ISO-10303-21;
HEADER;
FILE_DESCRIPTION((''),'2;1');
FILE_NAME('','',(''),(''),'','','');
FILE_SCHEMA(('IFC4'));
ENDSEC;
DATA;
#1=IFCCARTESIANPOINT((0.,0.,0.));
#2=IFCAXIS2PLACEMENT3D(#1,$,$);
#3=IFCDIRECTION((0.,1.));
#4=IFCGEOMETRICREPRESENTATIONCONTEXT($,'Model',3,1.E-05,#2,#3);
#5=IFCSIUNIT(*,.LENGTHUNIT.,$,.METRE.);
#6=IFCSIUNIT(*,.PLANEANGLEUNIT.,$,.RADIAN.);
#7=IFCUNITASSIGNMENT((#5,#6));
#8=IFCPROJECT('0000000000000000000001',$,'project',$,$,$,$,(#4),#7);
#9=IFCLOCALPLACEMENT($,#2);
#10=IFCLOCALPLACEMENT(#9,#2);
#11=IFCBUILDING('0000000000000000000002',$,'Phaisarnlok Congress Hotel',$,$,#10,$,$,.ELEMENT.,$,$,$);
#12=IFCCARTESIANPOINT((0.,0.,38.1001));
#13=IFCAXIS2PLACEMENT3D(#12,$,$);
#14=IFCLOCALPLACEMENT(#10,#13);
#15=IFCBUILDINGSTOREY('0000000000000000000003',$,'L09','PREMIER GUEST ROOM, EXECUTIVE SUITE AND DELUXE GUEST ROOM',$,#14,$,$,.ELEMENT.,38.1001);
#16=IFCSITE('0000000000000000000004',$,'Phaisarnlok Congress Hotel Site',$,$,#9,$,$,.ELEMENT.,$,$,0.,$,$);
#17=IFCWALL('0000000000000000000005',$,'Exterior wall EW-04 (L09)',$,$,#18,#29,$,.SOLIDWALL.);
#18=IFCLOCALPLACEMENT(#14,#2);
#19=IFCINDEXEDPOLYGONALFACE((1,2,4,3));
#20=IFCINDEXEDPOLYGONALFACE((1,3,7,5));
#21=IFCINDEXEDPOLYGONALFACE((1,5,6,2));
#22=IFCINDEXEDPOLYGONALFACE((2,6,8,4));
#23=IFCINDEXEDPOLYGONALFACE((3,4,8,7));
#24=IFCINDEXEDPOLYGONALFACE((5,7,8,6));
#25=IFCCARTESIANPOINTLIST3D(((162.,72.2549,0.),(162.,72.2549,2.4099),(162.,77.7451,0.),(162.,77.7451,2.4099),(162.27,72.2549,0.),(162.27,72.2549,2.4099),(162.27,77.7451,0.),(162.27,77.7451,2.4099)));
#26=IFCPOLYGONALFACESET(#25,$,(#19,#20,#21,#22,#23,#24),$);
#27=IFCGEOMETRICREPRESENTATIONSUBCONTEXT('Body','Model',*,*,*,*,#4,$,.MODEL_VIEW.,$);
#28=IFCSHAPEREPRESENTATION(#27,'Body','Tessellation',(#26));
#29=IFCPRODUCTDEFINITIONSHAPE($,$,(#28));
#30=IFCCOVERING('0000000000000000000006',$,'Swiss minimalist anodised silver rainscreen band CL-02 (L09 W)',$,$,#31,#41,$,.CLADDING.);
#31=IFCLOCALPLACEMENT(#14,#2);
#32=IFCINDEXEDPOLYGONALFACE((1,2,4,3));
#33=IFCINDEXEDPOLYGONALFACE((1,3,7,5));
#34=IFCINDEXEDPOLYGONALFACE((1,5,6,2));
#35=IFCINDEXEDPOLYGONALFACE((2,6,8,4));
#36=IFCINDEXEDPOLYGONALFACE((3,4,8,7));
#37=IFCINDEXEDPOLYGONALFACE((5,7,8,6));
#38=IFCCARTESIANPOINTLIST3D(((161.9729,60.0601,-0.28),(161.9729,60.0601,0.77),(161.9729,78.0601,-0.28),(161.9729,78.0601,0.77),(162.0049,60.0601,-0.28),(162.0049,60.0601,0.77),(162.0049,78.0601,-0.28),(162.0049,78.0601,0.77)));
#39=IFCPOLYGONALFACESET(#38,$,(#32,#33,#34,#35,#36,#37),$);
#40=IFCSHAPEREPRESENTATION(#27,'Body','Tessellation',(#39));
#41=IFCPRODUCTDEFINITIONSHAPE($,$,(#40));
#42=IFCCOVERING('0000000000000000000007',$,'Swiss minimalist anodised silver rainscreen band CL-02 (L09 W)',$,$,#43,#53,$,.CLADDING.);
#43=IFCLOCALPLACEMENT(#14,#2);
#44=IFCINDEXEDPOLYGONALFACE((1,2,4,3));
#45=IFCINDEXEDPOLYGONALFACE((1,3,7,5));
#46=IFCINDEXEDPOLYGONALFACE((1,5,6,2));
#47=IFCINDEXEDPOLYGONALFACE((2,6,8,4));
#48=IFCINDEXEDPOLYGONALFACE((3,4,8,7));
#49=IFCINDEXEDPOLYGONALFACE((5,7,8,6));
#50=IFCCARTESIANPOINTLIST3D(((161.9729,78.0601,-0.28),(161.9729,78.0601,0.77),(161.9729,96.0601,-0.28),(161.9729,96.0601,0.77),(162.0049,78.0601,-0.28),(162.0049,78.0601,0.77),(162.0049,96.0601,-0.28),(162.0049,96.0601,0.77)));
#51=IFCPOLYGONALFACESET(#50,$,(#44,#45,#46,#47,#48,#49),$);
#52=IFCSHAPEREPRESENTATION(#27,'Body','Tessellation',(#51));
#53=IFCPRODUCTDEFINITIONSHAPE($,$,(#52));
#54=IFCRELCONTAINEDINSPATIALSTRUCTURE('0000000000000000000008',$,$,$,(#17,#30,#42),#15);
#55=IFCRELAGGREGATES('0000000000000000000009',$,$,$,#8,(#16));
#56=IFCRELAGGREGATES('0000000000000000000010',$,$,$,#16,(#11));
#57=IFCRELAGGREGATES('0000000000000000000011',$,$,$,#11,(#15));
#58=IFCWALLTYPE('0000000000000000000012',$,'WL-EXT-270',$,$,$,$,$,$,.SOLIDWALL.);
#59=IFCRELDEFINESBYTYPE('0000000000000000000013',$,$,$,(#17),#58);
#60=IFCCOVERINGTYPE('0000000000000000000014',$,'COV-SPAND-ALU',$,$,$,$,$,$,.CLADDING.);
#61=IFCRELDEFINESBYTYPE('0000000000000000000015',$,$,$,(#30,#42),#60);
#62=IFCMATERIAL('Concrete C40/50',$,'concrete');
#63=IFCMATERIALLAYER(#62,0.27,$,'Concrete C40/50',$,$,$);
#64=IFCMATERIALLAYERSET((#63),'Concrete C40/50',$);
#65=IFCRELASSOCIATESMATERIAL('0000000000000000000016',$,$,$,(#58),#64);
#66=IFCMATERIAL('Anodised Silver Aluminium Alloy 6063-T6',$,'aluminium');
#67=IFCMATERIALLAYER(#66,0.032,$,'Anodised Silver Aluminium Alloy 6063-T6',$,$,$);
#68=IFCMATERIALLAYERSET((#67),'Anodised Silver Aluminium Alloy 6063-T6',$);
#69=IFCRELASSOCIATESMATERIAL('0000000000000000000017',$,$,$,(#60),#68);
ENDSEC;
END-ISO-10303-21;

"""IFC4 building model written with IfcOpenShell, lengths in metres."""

from ifc_helpers import new_model, si_unit, direction, frame, frame_2d, origin, place, context, subcontext, project, spatial, polyline, rectangle, outline, extrude, material, layer, layer_set, type_object, element, save


model = new_model("IFC4")

# Units and contexts
model_context = context("Model", 3, precision=1e-05, world=origin(), true_north=direction((0.0, 1.0)))
body_context = subcontext(model_context, "Body", "Model", "MODEL_VIEW")
ifc_project = project(units=[si_unit("LENGTHUNIT", "METRE"), si_unit("PLANEANGLEUNIT", "RADIAN")], contexts=[model_context])

# Site, building, storey
site_placement = place(None, origin())
site = spatial("IfcSite", under=ifc_project, at=site_placement, Name="Phaisarnlok Congress Hotel Site", CompositionType="ELEMENT", RefElevation=0.0)
building_placement = place(site_placement, origin())
building = spatial("IfcBuilding", under=site, at=building_placement, Name="Phaisarnlok Congress Hotel", CompositionType="ELEMENT")
storey_placement = place(building_placement, frame((0.0, 0.0, 38.1001)))
storey = spatial("IfcBuildingStorey", under=building, at=storey_placement, Name="L09", Description="PREMIER GUEST ROOM, EXECUTIVE SUITE AND DELUXE GUEST ROOM", CompositionType="ELEMENT", Elevation=38.1001)

# Shared definitions
ifc_material_1 = material(Name="Concrete C40/50", Category="concrete")

# Wall
ifc_layer_1 = layer(ifc_material_1, 0.27, Name="Concrete C40/50")
ifc_layer_set_1 = layer_set([ifc_layer_1], Name="Concrete C40/50")
wall_type_1 = type_object("IfcWallType", Name="WL-EXT-270", PredefinedType="SOLIDWALL", material=ifc_layer_set_1)
wall_1_placement = place(storey_placement, frame((162.135, 77.7451, 0.0), z_axis=(0.0, 0.0, 1.0), x_axis=(0.0, -1.0, 0.0)))
element("IfcWall", 1, at=wall_1_placement, inside=storey, type_object=wall_type_1, Name="Exterior wall EW-04 (L09)", PredefinedType="SOLIDWALL", context=body_context, shape_type="SweptSolid", body=[
    extrude(rectangle(XDim=5.4902, YDim=0.27, at=frame_2d((2.7451, 0.0))), origin(), (0.0, 0.0, 1.0), 2.4099),
])

# Coverings
ifc_material_2 = material(Name="Anodised Silver Aluminium Alloy 6063-T6", Category="aluminium")
ifc_layer_2 = layer(ifc_material_2, 0.032, Name="Anodised Silver Aluminium Alloy 6063-T6")
ifc_layer_set_2 = layer_set([ifc_layer_2], Name="Anodised Silver Aluminium Alloy 6063-T6")
covering_type = type_object("IfcCoveringType", Name="COV-SPAND-ALU", PredefinedType="CLADDING", material=ifc_layer_set_2)
for number, where, z_axis, x_axis, name in (
    (2, (162.0049, 78.0601, -0.28), (-1.0, 0.0, 0.0), (0.0, -1.0, 0.0), "Swiss minimalist anodised silver rainscreen band CL-02 (L09 W)"),
    (3, (162.0049, 96.0601, -0.28), (-1.0, 0.0, 0.0), (0.0, -1.0, 0.0), "Swiss minimalist anodised silver rainscreen band CL-02 (L09 W)"),
):
    element("IfcCovering", number, at=place(storey_placement, frame(where, z_axis=z_axis, x_axis=x_axis)), inside=storey, type_object=covering_type, Name=name, PredefinedType="CLADDING", context=body_context, shape_type="SweptSolid", body=[
        extrude(outline(polyline([(0.0, 0.0), (18.0, 0.0), (18.0, 1.05), (0.0, 1.05), (0.0, 0.0)])), origin(), (0.0, 0.0, 1.0), 0.032),
    ])

save(model, "model.ifc")
